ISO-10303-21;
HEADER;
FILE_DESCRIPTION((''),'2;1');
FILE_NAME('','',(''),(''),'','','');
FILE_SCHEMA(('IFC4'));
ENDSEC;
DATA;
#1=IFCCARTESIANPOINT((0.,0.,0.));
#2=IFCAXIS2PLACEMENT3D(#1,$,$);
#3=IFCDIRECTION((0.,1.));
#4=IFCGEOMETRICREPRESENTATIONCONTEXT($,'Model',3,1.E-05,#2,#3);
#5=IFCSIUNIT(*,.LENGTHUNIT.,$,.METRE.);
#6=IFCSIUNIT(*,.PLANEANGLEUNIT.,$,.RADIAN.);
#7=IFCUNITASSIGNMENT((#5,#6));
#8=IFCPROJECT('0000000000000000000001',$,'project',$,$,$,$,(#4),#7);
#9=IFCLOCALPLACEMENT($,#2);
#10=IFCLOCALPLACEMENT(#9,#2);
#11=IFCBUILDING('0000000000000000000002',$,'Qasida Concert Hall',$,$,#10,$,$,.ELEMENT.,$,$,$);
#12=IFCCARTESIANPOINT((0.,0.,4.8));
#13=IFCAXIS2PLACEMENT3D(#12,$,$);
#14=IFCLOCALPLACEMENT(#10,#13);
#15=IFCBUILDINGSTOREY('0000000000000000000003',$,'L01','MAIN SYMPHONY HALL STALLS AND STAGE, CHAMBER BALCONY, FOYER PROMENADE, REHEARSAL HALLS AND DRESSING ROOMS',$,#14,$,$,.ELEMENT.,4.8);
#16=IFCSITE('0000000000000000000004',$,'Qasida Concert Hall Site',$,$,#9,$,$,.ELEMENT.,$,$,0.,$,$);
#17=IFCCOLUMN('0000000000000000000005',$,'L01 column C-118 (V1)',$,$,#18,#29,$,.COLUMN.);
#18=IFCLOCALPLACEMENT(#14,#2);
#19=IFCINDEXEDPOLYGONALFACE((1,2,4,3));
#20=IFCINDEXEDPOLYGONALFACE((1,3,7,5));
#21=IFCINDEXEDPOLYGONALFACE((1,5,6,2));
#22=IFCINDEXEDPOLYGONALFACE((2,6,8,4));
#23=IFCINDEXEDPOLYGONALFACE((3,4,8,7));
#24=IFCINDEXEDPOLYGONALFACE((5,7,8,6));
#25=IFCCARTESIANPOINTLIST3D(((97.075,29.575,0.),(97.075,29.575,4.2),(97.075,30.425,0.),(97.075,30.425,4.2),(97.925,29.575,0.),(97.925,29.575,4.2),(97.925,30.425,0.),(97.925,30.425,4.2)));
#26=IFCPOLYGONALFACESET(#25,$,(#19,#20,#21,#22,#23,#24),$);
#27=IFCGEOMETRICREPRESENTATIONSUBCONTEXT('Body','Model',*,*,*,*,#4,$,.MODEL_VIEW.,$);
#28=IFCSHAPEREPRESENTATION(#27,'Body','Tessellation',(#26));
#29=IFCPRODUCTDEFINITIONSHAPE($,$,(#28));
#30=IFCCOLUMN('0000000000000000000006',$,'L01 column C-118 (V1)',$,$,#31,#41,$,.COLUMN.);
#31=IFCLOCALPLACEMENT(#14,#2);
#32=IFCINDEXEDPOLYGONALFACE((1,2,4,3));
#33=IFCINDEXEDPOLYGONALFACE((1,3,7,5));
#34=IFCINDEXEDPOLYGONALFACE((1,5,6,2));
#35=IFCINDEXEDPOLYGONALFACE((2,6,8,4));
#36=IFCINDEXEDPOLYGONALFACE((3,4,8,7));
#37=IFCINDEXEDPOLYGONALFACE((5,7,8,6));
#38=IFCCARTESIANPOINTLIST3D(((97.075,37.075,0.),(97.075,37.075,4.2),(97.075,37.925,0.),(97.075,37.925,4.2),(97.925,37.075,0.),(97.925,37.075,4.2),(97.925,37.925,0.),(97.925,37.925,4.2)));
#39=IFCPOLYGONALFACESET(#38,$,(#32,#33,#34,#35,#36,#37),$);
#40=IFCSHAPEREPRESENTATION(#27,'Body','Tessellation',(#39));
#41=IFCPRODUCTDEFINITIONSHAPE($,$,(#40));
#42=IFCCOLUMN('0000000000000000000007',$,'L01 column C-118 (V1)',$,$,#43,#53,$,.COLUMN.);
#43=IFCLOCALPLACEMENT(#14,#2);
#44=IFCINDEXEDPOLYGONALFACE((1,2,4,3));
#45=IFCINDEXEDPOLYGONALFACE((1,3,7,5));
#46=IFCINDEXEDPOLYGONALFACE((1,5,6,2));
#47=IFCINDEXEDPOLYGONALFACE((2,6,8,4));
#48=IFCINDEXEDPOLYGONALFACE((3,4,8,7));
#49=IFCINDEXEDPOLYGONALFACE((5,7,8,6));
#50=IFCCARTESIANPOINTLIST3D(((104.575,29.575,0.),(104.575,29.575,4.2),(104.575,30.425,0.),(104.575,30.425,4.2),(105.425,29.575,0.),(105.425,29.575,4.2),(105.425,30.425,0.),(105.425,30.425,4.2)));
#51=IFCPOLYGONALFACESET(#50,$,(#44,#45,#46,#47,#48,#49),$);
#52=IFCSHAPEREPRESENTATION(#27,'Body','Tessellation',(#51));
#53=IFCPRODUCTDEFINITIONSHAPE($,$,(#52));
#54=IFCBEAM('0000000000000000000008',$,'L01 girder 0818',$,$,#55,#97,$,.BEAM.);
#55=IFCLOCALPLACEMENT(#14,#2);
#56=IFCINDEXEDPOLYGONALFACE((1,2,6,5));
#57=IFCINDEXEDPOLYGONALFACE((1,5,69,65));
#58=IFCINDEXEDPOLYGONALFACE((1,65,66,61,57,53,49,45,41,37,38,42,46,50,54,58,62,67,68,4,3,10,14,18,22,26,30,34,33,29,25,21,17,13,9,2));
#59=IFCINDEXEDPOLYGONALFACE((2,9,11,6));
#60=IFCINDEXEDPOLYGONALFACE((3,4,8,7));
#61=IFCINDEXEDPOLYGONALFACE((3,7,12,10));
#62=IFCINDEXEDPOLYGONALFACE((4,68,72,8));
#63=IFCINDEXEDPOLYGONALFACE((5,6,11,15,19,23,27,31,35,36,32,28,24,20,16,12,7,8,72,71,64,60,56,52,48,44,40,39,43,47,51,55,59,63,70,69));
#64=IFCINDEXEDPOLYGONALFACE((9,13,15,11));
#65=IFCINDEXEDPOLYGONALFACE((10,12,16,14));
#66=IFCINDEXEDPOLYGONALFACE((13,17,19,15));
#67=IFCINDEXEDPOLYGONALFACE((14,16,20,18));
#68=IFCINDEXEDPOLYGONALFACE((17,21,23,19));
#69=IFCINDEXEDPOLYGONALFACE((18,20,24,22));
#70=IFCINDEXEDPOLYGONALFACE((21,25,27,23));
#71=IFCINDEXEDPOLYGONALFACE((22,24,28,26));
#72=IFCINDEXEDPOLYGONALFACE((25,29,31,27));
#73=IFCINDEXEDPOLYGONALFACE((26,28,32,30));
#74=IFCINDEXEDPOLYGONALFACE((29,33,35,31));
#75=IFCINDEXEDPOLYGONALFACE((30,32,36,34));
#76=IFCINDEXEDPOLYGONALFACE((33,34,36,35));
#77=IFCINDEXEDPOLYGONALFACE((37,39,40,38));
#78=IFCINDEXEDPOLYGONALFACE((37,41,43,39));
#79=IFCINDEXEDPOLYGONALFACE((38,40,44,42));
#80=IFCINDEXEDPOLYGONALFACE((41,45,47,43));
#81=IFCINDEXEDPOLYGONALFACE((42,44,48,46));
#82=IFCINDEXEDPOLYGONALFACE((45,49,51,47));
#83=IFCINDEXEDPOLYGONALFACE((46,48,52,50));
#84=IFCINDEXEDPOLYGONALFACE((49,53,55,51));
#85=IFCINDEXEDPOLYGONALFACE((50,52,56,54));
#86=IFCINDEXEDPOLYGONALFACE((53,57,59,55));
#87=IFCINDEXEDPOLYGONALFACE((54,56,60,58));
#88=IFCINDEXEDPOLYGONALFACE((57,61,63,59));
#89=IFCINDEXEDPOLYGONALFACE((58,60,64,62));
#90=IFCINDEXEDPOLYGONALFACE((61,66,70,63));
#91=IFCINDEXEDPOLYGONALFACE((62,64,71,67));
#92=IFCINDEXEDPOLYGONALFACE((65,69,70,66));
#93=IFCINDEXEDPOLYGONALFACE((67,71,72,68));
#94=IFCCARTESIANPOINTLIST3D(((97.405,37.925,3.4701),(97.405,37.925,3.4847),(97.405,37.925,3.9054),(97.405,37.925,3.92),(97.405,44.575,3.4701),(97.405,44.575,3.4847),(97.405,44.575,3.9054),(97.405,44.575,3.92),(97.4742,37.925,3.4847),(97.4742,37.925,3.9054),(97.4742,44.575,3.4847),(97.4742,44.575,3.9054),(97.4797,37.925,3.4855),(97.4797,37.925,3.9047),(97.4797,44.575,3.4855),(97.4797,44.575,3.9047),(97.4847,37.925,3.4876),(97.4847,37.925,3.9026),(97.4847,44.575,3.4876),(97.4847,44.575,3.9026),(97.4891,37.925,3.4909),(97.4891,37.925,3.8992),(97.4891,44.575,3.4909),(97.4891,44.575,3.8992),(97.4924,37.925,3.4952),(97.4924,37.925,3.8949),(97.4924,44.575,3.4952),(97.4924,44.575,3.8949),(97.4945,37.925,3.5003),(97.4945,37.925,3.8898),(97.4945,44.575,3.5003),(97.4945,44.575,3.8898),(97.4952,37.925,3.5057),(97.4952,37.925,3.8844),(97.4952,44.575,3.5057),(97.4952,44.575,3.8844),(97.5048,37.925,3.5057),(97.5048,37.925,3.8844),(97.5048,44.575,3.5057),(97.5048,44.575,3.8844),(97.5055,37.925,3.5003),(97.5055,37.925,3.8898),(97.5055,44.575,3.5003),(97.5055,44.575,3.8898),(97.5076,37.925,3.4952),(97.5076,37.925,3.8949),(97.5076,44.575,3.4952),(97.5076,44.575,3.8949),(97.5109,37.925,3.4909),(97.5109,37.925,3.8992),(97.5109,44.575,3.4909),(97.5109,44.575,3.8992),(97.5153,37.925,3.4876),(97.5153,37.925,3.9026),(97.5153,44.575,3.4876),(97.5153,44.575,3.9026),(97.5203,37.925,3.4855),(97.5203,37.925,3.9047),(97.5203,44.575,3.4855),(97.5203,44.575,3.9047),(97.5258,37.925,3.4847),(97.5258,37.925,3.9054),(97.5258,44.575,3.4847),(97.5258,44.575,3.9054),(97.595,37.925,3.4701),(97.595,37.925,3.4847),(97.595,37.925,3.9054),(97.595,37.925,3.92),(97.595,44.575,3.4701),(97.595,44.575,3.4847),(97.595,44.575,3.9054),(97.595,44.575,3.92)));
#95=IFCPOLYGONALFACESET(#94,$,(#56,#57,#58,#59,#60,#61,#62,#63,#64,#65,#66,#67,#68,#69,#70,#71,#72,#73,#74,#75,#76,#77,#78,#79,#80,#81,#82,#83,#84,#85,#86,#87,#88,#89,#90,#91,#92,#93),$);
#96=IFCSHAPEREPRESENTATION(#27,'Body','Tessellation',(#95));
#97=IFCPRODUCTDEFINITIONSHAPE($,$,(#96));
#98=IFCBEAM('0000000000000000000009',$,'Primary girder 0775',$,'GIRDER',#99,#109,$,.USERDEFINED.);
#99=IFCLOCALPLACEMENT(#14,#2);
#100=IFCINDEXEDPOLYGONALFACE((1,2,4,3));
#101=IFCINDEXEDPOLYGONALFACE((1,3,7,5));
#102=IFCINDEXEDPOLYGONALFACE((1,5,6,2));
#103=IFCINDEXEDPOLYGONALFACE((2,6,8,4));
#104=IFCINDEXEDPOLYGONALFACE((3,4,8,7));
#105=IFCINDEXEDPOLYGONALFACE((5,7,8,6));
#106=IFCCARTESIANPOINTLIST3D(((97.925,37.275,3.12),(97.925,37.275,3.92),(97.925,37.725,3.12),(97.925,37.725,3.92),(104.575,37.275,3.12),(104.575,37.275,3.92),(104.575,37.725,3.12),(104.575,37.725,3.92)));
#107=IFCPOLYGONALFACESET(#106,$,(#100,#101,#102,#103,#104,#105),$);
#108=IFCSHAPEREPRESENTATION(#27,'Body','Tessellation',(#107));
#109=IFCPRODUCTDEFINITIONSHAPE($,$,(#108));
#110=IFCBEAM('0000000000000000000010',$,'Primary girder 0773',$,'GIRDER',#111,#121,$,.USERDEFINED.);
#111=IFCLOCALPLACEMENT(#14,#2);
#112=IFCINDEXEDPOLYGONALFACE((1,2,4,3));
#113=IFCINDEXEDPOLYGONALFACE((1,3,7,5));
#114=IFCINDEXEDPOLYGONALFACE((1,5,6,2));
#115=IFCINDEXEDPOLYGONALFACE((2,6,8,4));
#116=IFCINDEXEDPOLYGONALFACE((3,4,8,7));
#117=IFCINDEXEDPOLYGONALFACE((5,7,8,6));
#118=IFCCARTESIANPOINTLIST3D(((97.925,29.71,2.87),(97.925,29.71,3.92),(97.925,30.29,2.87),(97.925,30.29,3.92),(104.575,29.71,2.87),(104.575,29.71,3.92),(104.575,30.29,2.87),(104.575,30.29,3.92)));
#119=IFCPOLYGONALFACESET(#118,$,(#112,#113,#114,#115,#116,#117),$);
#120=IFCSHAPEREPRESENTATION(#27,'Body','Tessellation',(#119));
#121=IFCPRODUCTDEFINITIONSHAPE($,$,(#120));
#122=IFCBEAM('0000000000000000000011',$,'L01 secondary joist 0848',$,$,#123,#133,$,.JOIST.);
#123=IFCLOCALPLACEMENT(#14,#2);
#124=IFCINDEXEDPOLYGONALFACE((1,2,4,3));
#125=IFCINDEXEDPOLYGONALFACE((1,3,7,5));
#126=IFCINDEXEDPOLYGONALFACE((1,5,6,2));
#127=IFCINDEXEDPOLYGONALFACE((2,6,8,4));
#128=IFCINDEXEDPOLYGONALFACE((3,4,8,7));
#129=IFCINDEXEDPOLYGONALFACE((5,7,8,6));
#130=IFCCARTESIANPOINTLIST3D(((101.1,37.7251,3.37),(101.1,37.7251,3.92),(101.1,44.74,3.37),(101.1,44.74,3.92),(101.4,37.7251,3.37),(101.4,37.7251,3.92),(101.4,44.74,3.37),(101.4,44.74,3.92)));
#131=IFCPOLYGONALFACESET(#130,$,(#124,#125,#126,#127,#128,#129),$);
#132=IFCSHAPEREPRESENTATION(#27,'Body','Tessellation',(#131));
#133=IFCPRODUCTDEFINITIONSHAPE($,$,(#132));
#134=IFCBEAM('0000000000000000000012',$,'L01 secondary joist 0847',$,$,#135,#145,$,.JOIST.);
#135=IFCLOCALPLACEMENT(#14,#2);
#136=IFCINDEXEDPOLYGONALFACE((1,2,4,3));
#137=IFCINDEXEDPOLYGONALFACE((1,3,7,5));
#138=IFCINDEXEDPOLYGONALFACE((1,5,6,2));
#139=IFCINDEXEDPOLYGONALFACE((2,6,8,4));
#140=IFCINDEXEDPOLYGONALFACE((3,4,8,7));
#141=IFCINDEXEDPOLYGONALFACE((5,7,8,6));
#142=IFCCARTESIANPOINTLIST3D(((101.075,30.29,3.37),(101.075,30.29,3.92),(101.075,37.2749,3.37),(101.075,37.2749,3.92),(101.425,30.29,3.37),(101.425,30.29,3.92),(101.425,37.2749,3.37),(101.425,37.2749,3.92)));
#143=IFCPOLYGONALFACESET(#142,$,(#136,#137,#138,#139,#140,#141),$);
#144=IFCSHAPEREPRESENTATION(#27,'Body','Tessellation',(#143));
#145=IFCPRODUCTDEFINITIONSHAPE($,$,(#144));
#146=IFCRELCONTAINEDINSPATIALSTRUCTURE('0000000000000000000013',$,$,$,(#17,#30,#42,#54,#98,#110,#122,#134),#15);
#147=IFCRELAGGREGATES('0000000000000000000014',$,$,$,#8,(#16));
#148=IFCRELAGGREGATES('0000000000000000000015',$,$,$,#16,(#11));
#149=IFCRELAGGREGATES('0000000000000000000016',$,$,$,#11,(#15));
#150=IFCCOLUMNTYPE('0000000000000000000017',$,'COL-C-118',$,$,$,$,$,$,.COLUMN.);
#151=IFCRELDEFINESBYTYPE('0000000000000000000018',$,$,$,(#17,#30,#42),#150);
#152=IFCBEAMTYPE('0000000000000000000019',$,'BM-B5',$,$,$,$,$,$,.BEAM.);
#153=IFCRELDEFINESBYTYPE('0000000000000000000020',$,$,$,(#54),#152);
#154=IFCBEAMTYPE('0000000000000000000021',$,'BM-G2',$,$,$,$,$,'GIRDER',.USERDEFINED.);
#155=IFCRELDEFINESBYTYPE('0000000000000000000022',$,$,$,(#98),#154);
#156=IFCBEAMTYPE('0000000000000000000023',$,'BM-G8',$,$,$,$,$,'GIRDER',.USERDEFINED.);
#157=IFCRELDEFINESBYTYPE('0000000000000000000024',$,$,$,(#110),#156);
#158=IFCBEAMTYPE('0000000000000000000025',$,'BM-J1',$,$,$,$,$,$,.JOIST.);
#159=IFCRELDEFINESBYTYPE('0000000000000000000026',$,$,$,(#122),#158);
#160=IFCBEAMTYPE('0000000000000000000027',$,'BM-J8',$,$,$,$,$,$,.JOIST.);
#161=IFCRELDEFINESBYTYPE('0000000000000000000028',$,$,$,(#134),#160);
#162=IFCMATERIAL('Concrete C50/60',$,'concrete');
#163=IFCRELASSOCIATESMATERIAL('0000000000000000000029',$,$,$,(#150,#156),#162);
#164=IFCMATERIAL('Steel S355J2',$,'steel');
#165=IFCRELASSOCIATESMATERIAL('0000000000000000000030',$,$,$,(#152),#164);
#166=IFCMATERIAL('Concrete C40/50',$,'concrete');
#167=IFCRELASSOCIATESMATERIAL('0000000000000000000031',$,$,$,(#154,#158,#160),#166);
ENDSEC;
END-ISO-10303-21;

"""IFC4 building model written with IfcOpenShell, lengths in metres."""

from ifc_helpers import new_model, si_unit, direction, frame, origin, origin_2d, place, context, subcontext, project, spatial, rectangle, i_section, extrude, material, material_profile, profile_set, type_object, element, save


model = new_model("IFC4")

# Units and contexts
model_context = context("Model", 3, precision=1e-05, world=origin(), true_north=direction((0.0, 1.0)))
body_context = subcontext(model_context, "Body", "Model", "MODEL_VIEW")
ifc_project = project(units=[si_unit("LENGTHUNIT", "METRE"), si_unit("PLANEANGLEUNIT", "RADIAN")], contexts=[model_context])

# Site, building, storey
site_placement = place(None, origin())
site = spatial("IfcSite", under=ifc_project, at=site_placement, Name="Qasida Concert Hall Site", CompositionType="ELEMENT", RefElevation=0.0)
building_placement = place(site_placement, origin())
building = spatial("IfcBuilding", under=site, at=building_placement, Name="Qasida Concert Hall", CompositionType="ELEMENT")
storey_placement = place(building_placement, frame((0.0, 0.0, 4.8)))
storey = spatial("IfcBuildingStorey", under=building, at=storey_placement, Name="L01", Description="MAIN SYMPHONY HALL STALLS AND STAGE, CHAMBER BALCONY, FOYER PROMENADE, REHEARSAL HALLS AND DRESSING ROOMS", CompositionType="ELEMENT", Elevation=4.8)

# Columns
ifc_material_1 = material(Name="Concrete C50/60", Category="concrete")
ifc_material_profile_1 = material_profile(ifc_material_1, rectangle(XDim=0.8501, YDim=0.8501, at=origin_2d()), Name="RC 850x850")
ifc_profile_set_1 = profile_set([ifc_material_profile_1], Name="Concrete C50/60")
column_type = type_object("IfcColumnType", Name="COL-C-118", PredefinedType="COLUMN", material=ifc_profile_set_1)
for number, where, z_axis, x_axis, name in (
    (1, (97.5, 30.0, 0.0), (0.0, 0.0, 1.0), (1.0, 0.0, 0.0), "L01 column C-118 (V1)"),
    (2, (97.5, 37.5, 0.0), (0.0, 0.0, 1.0), (1.0, 0.0, 0.0), "L01 column C-118 (V1)"),
    (3, (105.0, 30.0, 0.0), (0.0, 0.0, 1.0), (1.0, 0.0, 0.0), "L01 column C-118 (V1)"),
):
    element("IfcColumn", number, at=place(storey_placement, frame(where, z_axis=z_axis, x_axis=x_axis)), inside=storey, type_object=column_type, Name=name, PredefinedType="COLUMN", context=body_context, shape_type="SweptSolid", body=[
        extrude(rectangle(XDim=0.8501, YDim=0.8501, at=origin_2d()), origin(), (0.0, 0.0, 1.0), 4.2),
    ])

# Beams
ifc_material_2 = material(Name="Steel S355J2", Category="steel")
ifc_material_profile_2 = material_profile(ifc_material_2, i_section(OverallWidth=0.1899, OverallDepth=0.45, WebThickness=0.0095, FlangeThickness=0.0146, FilletRadius=0.021, at=origin_2d()), Name="IPE 450")
ifc_profile_set_2 = profile_set([ifc_material_profile_2], Name="Steel S355J2")
beam_type_1 = type_object("IfcBeamType", Name="BM-B5", PredefinedType="BEAM", material=ifc_profile_set_2)
beam_1_placement = place(storey_placement, frame((97.5, 37.925, 3.6951), z_axis=(0.0, 1.0, 0.0), x_axis=(-1.0, 0.0, 0.0)))
element("IfcBeam", 4, at=beam_1_placement, inside=storey, type_object=beam_type_1, Name="L01 girder 0818", PredefinedType="BEAM", context=body_context, shape_type="SweptSolid", body=[
    extrude(i_section(OverallWidth=0.1899, OverallDepth=0.45, WebThickness=0.0095, FlangeThickness=0.0146, FilletRadius=0.021, at=origin_2d()), origin(), (0.0, 0.0, 1.0), 6.6499),
])
ifc_material_3 = material(Name="Concrete C40/50", Category="concrete")
ifc_material_profile_3 = material_profile(ifc_material_3, rectangle(XDim=0.45, YDim=0.8, at=origin_2d()), Name="RC 450x800")
ifc_profile_set_3 = profile_set([ifc_material_profile_3], Name="Concrete C40/50")
beam_type_2 = type_object("IfcBeamType", Name="BM-G2", ElementType="GIRDER", PredefinedType="USERDEFINED", material=ifc_profile_set_3)
beam_2_placement = place(storey_placement, frame((97.925, 37.5, 3.52), z_axis=(1.0, 0.0, 0.0), x_axis=(0.0, 1.0, 0.0)))
element("IfcBeam", 5, at=beam_2_placement, inside=storey, type_object=beam_type_2, Name="Primary girder 0775", ObjectType="GIRDER", PredefinedType="USERDEFINED", context=body_context, shape_type="SweptSolid", body=[
    extrude(rectangle(XDim=0.45, YDim=0.8, at=origin_2d()), origin(), (0.0, 0.0, 1.0), 6.6499),
])
ifc_material_profile_4 = material_profile(ifc_material_1, rectangle(XDim=0.5801, YDim=1.05, at=origin_2d()), Name="RC 580x1050")
ifc_profile_set_4 = profile_set([ifc_material_profile_4], Name="Concrete C50/60")
beam_type_3 = type_object("IfcBeamType", Name="BM-G8", ElementType="GIRDER", PredefinedType="USERDEFINED", material=ifc_profile_set_4)
beam_3_placement = place(storey_placement, frame((97.925, 30.0, 3.395), z_axis=(1.0, 0.0, 0.0), x_axis=(0.0, 1.0, 0.0)))
element("IfcBeam", 6, at=beam_3_placement, inside=storey, type_object=beam_type_3, Name="Primary girder 0773", ObjectType="GIRDER", PredefinedType="USERDEFINED", context=body_context, shape_type="SweptSolid", body=[
    extrude(rectangle(XDim=0.5801, YDim=1.05, at=origin_2d()), origin(), (0.0, 0.0, 1.0), 6.6499),
])
ifc_material_profile_5 = material_profile(ifc_material_3, rectangle(XDim=0.3, YDim=0.55, at=origin_2d()), Name="RC 300x550")
ifc_profile_set_5 = profile_set([ifc_material_profile_5], Name="Concrete C40/50")
beam_type_4 = type_object("IfcBeamType", Name="BM-J1", PredefinedType="JOIST", material=ifc_profile_set_5)
beam_4_placement = place(storey_placement, frame((101.25, 37.7251, 3.645), z_axis=(0.0, 1.0, 0.0), x_axis=(-1.0, 0.0, 0.0)))
element("IfcBeam", 7, at=beam_4_placement, inside=storey, type_object=beam_type_4, Name="L01 secondary joist 0848", PredefinedType="JOIST", context=body_context, shape_type="SweptSolid", body=[
    extrude(rectangle(XDim=0.3, YDim=0.55, at=origin_2d()), origin(), (0.0, 0.0, 1.0), 7.0149),
])
ifc_material_profile_6 = material_profile(ifc_material_3, rectangle(XDim=0.3501, YDim=0.55, at=origin_2d()), Name="RC 350x550")
ifc_profile_set_6 = profile_set([ifc_material_profile_6], Name="Concrete C40/50")
beam_type_5 = type_object("IfcBeamType", Name="BM-J8", PredefinedType="JOIST", material=ifc_profile_set_6)
beam_5_placement = place(storey_placement, frame((101.25, 30.29, 3.645), z_axis=(0.0, 1.0, 0.0), x_axis=(-1.0, 0.0, 0.0)))
element("IfcBeam", 8, at=beam_5_placement, inside=storey, type_object=beam_type_5, Name="L01 secondary joist 0847", PredefinedType="JOIST", context=body_context, shape_type="SweptSolid", body=[
    extrude(rectangle(XDim=0.3501, YDim=0.55, at=origin_2d()), origin(), (0.0, 0.0, 1.0), 6.9849),
])

save(model, "model.ifc")
